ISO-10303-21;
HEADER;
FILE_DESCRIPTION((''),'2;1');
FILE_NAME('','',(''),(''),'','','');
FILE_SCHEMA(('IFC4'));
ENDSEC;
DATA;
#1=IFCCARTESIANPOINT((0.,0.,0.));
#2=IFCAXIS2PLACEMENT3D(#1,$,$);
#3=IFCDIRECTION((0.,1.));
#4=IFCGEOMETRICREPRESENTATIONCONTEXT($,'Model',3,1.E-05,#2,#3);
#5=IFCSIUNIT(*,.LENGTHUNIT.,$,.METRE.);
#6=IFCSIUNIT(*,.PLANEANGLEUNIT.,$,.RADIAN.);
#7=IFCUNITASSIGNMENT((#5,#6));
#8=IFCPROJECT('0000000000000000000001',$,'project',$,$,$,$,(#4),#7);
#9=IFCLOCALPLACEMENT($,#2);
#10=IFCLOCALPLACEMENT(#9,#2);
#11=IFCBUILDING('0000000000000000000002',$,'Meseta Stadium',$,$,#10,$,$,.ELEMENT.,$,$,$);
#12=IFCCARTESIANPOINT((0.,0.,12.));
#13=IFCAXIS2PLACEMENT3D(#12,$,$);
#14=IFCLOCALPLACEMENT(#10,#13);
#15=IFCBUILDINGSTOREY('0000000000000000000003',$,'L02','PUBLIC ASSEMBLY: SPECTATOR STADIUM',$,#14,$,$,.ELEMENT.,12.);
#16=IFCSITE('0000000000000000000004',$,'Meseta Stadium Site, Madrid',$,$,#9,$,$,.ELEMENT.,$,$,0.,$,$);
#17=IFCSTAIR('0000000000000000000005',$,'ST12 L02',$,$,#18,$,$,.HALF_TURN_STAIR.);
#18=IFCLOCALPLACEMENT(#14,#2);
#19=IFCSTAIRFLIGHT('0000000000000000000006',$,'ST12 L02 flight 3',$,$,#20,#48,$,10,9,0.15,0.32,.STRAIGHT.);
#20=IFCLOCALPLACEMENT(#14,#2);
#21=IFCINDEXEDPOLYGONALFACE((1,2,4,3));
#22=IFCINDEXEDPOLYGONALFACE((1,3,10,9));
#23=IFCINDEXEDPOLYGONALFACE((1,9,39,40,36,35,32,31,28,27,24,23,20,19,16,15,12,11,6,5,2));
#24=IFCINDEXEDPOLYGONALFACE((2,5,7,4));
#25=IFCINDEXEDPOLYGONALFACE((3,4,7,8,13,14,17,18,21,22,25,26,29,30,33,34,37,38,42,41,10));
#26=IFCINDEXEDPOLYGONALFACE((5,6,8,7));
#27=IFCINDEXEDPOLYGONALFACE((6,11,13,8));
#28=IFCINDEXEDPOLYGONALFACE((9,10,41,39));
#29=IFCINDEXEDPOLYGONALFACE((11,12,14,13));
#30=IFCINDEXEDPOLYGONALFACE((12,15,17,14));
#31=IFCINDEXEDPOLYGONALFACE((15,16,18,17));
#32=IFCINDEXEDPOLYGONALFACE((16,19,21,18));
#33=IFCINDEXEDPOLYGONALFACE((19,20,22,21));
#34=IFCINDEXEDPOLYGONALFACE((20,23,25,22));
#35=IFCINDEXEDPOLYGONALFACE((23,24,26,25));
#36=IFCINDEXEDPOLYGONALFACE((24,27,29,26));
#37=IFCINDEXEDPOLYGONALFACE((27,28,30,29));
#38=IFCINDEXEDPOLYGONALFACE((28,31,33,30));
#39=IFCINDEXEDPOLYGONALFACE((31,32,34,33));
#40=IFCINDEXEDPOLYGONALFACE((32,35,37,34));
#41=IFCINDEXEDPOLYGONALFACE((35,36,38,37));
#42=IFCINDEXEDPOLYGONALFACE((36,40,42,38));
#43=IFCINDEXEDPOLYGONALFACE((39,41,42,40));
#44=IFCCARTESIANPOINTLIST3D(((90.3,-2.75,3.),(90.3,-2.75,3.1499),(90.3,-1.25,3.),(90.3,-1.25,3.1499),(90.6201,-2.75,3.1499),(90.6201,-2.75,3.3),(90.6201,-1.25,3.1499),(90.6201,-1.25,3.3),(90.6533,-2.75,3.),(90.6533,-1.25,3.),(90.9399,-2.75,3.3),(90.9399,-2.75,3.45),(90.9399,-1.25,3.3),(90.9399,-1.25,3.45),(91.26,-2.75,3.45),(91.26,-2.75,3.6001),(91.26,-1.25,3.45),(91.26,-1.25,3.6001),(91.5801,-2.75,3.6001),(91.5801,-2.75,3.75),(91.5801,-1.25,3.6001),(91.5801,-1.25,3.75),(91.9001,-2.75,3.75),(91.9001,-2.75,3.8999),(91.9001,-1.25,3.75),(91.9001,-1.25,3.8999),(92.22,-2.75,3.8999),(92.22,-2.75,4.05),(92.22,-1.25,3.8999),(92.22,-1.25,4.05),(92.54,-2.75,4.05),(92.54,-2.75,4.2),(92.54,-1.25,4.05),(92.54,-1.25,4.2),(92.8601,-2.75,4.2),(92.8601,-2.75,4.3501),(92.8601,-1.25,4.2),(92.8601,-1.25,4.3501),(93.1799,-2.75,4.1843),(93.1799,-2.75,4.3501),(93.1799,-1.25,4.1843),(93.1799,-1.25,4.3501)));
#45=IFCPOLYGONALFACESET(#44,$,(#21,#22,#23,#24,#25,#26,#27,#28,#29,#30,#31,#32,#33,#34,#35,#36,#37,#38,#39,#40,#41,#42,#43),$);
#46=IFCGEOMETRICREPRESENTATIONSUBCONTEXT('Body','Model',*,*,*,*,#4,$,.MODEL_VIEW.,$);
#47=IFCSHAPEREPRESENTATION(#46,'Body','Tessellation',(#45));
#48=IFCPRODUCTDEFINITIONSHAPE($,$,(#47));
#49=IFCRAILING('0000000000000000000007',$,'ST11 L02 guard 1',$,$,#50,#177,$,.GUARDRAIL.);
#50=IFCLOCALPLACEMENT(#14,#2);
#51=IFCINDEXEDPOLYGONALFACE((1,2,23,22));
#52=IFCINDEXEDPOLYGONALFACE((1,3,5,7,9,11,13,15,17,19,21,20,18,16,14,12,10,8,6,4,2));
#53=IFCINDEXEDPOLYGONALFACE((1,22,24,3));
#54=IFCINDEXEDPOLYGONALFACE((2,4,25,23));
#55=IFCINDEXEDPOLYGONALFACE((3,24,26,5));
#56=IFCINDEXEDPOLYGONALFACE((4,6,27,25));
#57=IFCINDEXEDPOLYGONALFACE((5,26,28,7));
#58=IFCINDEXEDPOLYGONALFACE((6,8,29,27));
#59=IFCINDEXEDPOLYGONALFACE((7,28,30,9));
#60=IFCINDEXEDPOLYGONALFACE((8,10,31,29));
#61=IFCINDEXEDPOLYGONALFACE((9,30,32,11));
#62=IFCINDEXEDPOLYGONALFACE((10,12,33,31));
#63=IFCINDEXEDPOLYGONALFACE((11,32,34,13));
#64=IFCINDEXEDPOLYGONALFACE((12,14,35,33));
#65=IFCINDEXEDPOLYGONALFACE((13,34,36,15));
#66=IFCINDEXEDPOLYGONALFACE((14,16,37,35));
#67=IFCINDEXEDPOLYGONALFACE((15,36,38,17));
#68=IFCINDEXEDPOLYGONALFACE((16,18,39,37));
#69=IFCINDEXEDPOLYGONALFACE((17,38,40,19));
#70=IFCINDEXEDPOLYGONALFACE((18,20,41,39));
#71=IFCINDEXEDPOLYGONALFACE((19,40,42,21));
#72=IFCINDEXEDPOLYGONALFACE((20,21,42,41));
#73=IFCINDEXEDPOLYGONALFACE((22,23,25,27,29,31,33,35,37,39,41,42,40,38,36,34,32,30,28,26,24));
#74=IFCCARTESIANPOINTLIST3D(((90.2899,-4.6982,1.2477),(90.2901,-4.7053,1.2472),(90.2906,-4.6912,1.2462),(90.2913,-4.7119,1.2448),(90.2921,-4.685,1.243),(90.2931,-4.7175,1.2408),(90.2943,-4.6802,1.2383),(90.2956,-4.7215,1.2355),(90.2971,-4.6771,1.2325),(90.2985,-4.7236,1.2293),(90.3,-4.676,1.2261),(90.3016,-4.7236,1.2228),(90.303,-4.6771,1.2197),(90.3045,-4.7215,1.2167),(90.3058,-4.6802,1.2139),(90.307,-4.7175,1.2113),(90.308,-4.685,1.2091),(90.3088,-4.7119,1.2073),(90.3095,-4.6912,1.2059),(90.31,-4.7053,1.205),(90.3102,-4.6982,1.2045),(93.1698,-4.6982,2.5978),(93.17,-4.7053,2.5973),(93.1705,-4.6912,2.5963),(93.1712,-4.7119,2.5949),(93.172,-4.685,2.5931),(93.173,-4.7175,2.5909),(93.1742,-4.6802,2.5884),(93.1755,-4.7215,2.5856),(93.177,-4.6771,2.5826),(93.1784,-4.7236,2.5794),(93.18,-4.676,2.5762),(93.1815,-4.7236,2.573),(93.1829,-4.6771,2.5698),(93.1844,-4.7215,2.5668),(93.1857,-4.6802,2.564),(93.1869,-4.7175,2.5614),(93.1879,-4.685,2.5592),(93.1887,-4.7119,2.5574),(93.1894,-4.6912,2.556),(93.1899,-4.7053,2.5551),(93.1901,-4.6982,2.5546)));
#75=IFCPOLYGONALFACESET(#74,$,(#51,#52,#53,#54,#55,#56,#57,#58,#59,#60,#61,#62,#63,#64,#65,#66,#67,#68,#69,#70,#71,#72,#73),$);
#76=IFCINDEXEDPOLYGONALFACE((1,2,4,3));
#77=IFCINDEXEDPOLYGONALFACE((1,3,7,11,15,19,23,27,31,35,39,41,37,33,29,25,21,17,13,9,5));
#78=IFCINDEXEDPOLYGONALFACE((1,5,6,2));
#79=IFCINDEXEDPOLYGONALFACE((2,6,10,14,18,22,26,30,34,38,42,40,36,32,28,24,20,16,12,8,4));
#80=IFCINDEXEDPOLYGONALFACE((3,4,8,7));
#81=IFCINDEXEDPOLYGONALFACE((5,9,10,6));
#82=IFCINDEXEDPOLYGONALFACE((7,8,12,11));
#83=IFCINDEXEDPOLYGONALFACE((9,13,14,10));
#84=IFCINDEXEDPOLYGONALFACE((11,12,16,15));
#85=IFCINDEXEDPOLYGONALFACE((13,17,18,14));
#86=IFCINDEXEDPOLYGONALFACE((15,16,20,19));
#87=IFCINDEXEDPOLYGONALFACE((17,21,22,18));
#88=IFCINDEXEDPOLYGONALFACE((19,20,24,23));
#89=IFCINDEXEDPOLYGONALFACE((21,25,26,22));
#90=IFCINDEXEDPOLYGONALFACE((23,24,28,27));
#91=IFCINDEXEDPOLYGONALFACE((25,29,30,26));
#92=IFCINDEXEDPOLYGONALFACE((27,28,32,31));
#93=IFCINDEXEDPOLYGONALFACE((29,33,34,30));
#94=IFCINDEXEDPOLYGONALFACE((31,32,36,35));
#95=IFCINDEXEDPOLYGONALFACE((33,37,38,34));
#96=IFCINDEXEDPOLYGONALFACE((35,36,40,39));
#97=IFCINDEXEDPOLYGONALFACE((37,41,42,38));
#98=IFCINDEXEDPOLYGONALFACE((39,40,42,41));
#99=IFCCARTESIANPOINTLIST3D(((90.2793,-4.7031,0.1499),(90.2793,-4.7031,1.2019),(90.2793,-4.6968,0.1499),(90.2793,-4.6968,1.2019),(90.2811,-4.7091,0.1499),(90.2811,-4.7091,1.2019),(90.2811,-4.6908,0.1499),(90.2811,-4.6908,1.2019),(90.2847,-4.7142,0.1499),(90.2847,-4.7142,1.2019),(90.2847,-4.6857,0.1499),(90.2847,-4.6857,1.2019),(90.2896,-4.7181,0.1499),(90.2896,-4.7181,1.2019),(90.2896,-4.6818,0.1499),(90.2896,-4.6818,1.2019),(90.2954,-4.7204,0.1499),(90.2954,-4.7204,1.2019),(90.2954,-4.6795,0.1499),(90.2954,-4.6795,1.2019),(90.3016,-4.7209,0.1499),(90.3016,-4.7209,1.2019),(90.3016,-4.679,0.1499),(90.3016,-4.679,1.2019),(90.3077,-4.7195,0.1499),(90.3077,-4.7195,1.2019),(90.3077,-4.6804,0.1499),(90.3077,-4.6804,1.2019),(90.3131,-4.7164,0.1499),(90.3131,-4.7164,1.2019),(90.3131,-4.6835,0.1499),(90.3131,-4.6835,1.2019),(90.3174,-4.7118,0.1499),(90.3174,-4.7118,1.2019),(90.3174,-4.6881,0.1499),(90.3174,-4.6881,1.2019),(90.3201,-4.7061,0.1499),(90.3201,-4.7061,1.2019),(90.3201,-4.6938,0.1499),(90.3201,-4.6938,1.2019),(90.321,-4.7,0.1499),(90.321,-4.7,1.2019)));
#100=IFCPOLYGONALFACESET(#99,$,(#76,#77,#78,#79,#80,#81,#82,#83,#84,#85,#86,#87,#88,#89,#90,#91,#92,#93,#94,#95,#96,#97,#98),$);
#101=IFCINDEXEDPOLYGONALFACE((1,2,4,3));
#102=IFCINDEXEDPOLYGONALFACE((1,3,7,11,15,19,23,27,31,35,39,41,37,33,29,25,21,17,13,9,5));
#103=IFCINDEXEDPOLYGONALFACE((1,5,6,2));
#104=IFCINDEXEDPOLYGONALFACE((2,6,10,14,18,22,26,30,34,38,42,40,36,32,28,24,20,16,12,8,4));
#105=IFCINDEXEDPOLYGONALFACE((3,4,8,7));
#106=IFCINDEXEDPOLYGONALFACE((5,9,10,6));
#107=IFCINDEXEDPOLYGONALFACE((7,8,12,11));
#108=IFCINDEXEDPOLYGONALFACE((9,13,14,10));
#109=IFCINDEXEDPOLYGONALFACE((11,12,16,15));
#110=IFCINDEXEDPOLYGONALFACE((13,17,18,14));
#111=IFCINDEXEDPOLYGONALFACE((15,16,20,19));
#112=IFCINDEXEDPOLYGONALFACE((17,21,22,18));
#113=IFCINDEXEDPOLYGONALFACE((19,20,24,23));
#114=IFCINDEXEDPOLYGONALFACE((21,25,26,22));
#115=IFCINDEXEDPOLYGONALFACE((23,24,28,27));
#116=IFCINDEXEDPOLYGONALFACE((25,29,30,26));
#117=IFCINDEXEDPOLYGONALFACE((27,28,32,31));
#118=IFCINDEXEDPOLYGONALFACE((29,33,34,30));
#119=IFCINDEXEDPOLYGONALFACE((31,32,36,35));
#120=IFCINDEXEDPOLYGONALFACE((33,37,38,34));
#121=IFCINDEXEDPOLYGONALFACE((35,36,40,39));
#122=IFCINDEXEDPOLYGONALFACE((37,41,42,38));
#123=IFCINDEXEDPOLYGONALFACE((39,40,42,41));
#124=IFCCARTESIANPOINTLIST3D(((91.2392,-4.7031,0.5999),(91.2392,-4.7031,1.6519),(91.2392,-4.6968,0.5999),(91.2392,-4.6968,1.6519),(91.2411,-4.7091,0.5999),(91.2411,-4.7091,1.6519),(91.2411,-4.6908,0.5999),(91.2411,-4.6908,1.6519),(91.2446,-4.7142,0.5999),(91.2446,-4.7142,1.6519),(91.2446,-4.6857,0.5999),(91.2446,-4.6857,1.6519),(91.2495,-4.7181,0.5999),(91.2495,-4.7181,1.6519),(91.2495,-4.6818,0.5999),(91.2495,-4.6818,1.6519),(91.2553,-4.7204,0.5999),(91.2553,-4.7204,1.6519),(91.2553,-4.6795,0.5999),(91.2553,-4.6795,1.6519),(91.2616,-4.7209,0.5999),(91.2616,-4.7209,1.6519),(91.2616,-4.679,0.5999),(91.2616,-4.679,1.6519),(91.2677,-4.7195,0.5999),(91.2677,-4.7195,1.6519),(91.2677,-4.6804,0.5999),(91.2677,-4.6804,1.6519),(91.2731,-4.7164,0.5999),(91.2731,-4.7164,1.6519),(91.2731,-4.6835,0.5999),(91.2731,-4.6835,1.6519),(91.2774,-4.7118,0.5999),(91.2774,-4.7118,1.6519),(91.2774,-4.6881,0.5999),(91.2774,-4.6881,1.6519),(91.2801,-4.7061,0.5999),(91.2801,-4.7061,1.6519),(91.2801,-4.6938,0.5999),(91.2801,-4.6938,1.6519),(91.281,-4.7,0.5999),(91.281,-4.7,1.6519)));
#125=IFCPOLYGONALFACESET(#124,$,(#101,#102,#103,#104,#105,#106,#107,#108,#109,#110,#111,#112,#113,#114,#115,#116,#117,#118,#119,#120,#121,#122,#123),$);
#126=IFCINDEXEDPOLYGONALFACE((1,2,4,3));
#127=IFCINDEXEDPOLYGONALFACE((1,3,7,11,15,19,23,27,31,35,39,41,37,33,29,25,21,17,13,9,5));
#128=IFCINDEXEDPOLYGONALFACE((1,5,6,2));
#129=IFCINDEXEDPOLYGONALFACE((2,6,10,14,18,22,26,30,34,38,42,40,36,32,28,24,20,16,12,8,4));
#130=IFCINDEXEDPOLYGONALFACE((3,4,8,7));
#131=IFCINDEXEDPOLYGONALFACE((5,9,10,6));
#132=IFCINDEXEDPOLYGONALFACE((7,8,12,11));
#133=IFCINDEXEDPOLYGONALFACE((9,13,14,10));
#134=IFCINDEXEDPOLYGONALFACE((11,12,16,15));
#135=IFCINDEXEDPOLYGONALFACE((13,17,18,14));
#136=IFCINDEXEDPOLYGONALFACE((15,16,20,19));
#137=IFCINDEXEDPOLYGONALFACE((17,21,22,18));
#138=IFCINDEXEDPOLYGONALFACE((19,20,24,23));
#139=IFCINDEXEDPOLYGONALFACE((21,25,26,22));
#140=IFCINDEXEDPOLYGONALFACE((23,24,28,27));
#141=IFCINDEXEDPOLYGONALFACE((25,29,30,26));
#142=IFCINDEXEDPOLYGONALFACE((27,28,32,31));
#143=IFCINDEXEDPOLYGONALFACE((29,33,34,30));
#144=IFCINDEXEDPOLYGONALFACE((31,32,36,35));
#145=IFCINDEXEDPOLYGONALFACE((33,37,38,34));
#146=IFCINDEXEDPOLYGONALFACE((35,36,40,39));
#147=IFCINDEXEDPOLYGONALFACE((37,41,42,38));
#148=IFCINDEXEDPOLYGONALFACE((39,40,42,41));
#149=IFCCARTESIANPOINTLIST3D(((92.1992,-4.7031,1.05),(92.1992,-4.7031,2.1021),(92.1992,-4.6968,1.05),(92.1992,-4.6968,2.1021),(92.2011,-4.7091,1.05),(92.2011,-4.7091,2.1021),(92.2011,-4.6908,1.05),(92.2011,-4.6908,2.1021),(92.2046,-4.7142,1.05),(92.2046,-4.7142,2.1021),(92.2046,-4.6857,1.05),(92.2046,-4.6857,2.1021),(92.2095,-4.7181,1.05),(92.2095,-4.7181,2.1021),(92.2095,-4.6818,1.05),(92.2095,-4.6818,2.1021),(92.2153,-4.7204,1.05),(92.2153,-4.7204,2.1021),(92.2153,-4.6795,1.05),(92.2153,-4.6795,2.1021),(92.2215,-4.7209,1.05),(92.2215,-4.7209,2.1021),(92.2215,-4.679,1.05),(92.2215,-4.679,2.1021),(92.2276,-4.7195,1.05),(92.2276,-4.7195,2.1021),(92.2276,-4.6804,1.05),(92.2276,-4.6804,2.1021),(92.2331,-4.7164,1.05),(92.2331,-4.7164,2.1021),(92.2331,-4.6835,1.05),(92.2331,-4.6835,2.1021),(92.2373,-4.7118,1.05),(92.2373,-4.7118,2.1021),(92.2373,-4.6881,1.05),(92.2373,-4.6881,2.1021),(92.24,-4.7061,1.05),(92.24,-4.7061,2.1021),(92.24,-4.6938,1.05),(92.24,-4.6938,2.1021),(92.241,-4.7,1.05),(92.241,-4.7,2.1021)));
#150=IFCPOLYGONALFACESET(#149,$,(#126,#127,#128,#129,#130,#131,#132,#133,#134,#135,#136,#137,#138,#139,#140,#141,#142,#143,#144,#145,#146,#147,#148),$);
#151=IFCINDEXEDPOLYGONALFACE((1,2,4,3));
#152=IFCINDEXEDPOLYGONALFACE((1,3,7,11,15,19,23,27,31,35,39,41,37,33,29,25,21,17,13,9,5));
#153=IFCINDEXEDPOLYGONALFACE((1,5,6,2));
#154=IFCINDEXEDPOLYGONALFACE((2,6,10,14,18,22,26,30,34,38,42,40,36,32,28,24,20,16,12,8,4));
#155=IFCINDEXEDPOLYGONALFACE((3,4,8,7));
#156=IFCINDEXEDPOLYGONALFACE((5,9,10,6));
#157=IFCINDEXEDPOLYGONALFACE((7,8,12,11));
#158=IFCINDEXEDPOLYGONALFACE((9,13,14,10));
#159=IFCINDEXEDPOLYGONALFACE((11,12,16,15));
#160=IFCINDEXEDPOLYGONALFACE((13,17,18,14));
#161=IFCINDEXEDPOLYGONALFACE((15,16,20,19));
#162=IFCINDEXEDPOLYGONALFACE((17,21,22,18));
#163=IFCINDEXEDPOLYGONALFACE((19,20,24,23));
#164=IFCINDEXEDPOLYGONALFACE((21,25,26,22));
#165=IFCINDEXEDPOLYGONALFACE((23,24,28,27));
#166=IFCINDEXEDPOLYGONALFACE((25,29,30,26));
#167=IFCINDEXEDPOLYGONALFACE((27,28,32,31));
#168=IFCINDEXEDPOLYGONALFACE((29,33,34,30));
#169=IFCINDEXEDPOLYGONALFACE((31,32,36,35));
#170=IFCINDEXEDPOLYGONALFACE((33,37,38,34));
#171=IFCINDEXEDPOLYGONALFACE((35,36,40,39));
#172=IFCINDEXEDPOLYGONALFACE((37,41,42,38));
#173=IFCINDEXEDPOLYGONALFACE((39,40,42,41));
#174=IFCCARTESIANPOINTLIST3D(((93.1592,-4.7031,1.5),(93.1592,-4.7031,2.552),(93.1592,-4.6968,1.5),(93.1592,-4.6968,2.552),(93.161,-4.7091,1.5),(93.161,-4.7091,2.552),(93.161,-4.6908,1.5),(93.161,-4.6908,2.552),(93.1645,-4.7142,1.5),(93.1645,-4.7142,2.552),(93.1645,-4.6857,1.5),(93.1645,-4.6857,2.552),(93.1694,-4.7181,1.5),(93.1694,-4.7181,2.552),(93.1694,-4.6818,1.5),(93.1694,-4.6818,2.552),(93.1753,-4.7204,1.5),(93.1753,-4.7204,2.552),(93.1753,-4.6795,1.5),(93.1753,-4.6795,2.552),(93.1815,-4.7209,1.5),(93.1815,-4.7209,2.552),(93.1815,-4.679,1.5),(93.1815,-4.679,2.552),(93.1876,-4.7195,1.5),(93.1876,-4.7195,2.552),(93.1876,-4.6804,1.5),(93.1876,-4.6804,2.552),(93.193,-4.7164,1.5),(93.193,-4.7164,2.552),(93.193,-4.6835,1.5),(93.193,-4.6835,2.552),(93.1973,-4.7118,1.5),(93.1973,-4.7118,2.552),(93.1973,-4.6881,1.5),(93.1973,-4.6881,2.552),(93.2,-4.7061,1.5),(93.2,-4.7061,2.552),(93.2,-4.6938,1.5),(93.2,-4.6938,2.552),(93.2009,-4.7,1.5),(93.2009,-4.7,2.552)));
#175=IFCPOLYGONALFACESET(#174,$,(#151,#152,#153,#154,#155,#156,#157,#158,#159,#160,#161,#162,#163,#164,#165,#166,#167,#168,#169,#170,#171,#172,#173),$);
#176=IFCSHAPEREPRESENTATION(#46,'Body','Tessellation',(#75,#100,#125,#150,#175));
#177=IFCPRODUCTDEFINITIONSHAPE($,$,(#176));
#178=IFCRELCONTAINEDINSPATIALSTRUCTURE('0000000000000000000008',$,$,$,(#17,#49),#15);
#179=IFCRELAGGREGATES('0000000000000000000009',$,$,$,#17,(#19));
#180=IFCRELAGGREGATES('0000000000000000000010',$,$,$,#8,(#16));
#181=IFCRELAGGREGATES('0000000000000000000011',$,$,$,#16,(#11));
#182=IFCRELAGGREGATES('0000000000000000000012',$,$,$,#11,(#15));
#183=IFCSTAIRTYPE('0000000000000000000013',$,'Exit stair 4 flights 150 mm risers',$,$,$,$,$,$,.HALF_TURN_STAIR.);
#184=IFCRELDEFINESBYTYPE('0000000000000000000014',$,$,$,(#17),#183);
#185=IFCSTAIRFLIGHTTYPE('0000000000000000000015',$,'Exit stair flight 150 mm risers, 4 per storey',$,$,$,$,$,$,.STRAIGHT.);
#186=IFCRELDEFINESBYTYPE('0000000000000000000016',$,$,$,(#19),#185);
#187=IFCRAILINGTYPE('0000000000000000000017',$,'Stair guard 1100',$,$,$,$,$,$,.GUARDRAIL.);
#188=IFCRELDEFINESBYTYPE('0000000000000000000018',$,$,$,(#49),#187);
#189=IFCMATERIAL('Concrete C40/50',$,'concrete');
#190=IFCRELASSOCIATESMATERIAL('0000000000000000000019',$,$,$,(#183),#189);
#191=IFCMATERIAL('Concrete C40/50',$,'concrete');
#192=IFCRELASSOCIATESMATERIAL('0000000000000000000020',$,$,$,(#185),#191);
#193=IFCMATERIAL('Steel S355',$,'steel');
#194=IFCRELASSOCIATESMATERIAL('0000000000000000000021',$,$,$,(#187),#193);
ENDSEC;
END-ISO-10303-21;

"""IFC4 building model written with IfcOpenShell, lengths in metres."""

from ifc_helpers import new_model, si_unit, direction, frame, origin, origin_2d, place, context, subcontext, project, spatial, polyline, circle, outline, extrude, material, type_object, element, aggregate, save


model = new_model("IFC4")

# Units and contexts
model_context = context("Model", 3, precision=1e-05, world=origin(), true_north=direction((0.0, 1.0)))
body_context = subcontext(model_context, "Body", "Model", "MODEL_VIEW")
ifc_project = project(units=[si_unit("LENGTHUNIT", "METRE"), si_unit("PLANEANGLEUNIT", "RADIAN")], contexts=[model_context])

# Site, building, storey
site_placement = place(None, origin())
site = spatial("IfcSite", under=ifc_project, at=site_placement, Name="Meseta Stadium Site, Madrid", CompositionType="ELEMENT", RefElevation=0.0)
building_placement = place(site_placement, origin())
building = spatial("IfcBuilding", under=site, at=building_placement, Name="Meseta Stadium", CompositionType="ELEMENT")
storey_placement = place(building_placement, frame((0.0, 0.0, 12.0)))
storey = spatial("IfcBuildingStorey", under=building, at=storey_placement, Name="L02", Description="PUBLIC ASSEMBLY: SPECTATOR STADIUM", CompositionType="ELEMENT", Elevation=12.0)

# Stair, stair flight
ifc_material_1 = material(Name="Concrete C40/50", Category="concrete")
stair_type = type_object("IfcStairType", Name="Exit stair 4 flights 150 mm risers", PredefinedType="HALF_TURN_STAIR", material=ifc_material_1)
ifc_material_2 = material(Name="Concrete C40/50", Category="concrete")
stair_flight_type = type_object("IfcStairFlightType", Name="Exit stair flight 150 mm risers, 4 per storey", PredefinedType="STRAIGHT", material=ifc_material_2)
stair_1_placement = place(storey_placement, origin())
stair_1 = element("IfcStair", 1, at=stair_1_placement, inside=storey, type_object=stair_type, Name="ST12 L02", PredefinedType="HALF_TURN_STAIR")
stair_flight_1_placement = place(storey_placement, frame((90.3, -2.0, 3.0), z_axis=(0.0, 0.0, 1.0), x_axis=(1.0, 0.0, 0.0)))
stair_flight_1 = element("IfcStairFlight", 2, at=stair_flight_1_placement, type_object=stair_flight_type, Name="ST12 L02 flight 3", NumberOfRisers=10, NumberOfTreads=9, PredefinedType="STRAIGHT", RiserHeight=0.15, TreadLength=0.32, context=body_context, shape_type="SweptSolid", body=[
    extrude(outline(polyline([(0.0, 0.0), (0.0, 0.1499), (0.3201, 0.1499), (0.3201, 0.3), (0.6399, 0.3), (0.6399, 0.45), (0.96, 0.45), (0.96, 0.6001), (1.28, 0.6001), (1.28, 0.75), (1.6001, 0.75), (1.6001, 0.8999), (1.9199, 0.8999), (1.9199, 1.05), (2.24, 1.05), (2.24, 1.2), (2.5601, 1.2), (2.5601, 1.3501), (2.8799, 1.3501), (2.8799, 1.1843), (0.3533, 0.0), (0.0, 0.0)])), frame((0.0, 0.75, 0.0), z_axis=(0.0, -1.0, 0.0), x_axis=(1.0, 0.0, 0.0)), (0.0, 0.0, 1.0), 1.5),
])
aggregate(stair_1, [stair_flight_1])

# Railing
ifc_material_3 = material(Name="Steel S355", Category="steel")
railing_type_1 = type_object("IfcRailingType", Name="Stair guard 1100", PredefinedType="GUARDRAIL", material=ifc_material_3)
railing_1_placement = place(storey_placement, frame((90.3, -4.7, 0.1499)))
element("IfcRailing", 3, at=railing_1_placement, inside=storey, type_object=railing_type_1, Name="ST11 L02 guard 1", PredefinedType="GUARDRAIL", context=body_context, shape_type="SweptSolid", body=[
    extrude(circle(Radius=0.0239, at=origin_2d()), frame((0.0, 0.0, 1.0762), z_axis=(0.90544, 0.0, 0.424473), x_axis=(0.0, 1.0, 0.0)), (0.0, 0.0, 1.0), 3.1807),
    extrude(circle(Radius=0.021, at=origin_2d()), origin(), (0.0, 0.0, 1.0), 1.052),
    extrude(circle(Radius=0.021, at=origin_2d()), frame((0.96, 0.0, 0.45)), (0.0, 0.0, 1.0), 1.052),
    extrude(circle(Radius=0.021, at=origin_2d()), frame((1.9199, 0.0, 0.9001)), (0.0, 0.0, 1.0), 1.052),
    extrude(circle(Radius=0.021, at=origin_2d()), frame((2.8799, 0.0, 1.3501)), (0.0, 0.0, 1.0), 1.052),
])

save(model, "model.ifc")
